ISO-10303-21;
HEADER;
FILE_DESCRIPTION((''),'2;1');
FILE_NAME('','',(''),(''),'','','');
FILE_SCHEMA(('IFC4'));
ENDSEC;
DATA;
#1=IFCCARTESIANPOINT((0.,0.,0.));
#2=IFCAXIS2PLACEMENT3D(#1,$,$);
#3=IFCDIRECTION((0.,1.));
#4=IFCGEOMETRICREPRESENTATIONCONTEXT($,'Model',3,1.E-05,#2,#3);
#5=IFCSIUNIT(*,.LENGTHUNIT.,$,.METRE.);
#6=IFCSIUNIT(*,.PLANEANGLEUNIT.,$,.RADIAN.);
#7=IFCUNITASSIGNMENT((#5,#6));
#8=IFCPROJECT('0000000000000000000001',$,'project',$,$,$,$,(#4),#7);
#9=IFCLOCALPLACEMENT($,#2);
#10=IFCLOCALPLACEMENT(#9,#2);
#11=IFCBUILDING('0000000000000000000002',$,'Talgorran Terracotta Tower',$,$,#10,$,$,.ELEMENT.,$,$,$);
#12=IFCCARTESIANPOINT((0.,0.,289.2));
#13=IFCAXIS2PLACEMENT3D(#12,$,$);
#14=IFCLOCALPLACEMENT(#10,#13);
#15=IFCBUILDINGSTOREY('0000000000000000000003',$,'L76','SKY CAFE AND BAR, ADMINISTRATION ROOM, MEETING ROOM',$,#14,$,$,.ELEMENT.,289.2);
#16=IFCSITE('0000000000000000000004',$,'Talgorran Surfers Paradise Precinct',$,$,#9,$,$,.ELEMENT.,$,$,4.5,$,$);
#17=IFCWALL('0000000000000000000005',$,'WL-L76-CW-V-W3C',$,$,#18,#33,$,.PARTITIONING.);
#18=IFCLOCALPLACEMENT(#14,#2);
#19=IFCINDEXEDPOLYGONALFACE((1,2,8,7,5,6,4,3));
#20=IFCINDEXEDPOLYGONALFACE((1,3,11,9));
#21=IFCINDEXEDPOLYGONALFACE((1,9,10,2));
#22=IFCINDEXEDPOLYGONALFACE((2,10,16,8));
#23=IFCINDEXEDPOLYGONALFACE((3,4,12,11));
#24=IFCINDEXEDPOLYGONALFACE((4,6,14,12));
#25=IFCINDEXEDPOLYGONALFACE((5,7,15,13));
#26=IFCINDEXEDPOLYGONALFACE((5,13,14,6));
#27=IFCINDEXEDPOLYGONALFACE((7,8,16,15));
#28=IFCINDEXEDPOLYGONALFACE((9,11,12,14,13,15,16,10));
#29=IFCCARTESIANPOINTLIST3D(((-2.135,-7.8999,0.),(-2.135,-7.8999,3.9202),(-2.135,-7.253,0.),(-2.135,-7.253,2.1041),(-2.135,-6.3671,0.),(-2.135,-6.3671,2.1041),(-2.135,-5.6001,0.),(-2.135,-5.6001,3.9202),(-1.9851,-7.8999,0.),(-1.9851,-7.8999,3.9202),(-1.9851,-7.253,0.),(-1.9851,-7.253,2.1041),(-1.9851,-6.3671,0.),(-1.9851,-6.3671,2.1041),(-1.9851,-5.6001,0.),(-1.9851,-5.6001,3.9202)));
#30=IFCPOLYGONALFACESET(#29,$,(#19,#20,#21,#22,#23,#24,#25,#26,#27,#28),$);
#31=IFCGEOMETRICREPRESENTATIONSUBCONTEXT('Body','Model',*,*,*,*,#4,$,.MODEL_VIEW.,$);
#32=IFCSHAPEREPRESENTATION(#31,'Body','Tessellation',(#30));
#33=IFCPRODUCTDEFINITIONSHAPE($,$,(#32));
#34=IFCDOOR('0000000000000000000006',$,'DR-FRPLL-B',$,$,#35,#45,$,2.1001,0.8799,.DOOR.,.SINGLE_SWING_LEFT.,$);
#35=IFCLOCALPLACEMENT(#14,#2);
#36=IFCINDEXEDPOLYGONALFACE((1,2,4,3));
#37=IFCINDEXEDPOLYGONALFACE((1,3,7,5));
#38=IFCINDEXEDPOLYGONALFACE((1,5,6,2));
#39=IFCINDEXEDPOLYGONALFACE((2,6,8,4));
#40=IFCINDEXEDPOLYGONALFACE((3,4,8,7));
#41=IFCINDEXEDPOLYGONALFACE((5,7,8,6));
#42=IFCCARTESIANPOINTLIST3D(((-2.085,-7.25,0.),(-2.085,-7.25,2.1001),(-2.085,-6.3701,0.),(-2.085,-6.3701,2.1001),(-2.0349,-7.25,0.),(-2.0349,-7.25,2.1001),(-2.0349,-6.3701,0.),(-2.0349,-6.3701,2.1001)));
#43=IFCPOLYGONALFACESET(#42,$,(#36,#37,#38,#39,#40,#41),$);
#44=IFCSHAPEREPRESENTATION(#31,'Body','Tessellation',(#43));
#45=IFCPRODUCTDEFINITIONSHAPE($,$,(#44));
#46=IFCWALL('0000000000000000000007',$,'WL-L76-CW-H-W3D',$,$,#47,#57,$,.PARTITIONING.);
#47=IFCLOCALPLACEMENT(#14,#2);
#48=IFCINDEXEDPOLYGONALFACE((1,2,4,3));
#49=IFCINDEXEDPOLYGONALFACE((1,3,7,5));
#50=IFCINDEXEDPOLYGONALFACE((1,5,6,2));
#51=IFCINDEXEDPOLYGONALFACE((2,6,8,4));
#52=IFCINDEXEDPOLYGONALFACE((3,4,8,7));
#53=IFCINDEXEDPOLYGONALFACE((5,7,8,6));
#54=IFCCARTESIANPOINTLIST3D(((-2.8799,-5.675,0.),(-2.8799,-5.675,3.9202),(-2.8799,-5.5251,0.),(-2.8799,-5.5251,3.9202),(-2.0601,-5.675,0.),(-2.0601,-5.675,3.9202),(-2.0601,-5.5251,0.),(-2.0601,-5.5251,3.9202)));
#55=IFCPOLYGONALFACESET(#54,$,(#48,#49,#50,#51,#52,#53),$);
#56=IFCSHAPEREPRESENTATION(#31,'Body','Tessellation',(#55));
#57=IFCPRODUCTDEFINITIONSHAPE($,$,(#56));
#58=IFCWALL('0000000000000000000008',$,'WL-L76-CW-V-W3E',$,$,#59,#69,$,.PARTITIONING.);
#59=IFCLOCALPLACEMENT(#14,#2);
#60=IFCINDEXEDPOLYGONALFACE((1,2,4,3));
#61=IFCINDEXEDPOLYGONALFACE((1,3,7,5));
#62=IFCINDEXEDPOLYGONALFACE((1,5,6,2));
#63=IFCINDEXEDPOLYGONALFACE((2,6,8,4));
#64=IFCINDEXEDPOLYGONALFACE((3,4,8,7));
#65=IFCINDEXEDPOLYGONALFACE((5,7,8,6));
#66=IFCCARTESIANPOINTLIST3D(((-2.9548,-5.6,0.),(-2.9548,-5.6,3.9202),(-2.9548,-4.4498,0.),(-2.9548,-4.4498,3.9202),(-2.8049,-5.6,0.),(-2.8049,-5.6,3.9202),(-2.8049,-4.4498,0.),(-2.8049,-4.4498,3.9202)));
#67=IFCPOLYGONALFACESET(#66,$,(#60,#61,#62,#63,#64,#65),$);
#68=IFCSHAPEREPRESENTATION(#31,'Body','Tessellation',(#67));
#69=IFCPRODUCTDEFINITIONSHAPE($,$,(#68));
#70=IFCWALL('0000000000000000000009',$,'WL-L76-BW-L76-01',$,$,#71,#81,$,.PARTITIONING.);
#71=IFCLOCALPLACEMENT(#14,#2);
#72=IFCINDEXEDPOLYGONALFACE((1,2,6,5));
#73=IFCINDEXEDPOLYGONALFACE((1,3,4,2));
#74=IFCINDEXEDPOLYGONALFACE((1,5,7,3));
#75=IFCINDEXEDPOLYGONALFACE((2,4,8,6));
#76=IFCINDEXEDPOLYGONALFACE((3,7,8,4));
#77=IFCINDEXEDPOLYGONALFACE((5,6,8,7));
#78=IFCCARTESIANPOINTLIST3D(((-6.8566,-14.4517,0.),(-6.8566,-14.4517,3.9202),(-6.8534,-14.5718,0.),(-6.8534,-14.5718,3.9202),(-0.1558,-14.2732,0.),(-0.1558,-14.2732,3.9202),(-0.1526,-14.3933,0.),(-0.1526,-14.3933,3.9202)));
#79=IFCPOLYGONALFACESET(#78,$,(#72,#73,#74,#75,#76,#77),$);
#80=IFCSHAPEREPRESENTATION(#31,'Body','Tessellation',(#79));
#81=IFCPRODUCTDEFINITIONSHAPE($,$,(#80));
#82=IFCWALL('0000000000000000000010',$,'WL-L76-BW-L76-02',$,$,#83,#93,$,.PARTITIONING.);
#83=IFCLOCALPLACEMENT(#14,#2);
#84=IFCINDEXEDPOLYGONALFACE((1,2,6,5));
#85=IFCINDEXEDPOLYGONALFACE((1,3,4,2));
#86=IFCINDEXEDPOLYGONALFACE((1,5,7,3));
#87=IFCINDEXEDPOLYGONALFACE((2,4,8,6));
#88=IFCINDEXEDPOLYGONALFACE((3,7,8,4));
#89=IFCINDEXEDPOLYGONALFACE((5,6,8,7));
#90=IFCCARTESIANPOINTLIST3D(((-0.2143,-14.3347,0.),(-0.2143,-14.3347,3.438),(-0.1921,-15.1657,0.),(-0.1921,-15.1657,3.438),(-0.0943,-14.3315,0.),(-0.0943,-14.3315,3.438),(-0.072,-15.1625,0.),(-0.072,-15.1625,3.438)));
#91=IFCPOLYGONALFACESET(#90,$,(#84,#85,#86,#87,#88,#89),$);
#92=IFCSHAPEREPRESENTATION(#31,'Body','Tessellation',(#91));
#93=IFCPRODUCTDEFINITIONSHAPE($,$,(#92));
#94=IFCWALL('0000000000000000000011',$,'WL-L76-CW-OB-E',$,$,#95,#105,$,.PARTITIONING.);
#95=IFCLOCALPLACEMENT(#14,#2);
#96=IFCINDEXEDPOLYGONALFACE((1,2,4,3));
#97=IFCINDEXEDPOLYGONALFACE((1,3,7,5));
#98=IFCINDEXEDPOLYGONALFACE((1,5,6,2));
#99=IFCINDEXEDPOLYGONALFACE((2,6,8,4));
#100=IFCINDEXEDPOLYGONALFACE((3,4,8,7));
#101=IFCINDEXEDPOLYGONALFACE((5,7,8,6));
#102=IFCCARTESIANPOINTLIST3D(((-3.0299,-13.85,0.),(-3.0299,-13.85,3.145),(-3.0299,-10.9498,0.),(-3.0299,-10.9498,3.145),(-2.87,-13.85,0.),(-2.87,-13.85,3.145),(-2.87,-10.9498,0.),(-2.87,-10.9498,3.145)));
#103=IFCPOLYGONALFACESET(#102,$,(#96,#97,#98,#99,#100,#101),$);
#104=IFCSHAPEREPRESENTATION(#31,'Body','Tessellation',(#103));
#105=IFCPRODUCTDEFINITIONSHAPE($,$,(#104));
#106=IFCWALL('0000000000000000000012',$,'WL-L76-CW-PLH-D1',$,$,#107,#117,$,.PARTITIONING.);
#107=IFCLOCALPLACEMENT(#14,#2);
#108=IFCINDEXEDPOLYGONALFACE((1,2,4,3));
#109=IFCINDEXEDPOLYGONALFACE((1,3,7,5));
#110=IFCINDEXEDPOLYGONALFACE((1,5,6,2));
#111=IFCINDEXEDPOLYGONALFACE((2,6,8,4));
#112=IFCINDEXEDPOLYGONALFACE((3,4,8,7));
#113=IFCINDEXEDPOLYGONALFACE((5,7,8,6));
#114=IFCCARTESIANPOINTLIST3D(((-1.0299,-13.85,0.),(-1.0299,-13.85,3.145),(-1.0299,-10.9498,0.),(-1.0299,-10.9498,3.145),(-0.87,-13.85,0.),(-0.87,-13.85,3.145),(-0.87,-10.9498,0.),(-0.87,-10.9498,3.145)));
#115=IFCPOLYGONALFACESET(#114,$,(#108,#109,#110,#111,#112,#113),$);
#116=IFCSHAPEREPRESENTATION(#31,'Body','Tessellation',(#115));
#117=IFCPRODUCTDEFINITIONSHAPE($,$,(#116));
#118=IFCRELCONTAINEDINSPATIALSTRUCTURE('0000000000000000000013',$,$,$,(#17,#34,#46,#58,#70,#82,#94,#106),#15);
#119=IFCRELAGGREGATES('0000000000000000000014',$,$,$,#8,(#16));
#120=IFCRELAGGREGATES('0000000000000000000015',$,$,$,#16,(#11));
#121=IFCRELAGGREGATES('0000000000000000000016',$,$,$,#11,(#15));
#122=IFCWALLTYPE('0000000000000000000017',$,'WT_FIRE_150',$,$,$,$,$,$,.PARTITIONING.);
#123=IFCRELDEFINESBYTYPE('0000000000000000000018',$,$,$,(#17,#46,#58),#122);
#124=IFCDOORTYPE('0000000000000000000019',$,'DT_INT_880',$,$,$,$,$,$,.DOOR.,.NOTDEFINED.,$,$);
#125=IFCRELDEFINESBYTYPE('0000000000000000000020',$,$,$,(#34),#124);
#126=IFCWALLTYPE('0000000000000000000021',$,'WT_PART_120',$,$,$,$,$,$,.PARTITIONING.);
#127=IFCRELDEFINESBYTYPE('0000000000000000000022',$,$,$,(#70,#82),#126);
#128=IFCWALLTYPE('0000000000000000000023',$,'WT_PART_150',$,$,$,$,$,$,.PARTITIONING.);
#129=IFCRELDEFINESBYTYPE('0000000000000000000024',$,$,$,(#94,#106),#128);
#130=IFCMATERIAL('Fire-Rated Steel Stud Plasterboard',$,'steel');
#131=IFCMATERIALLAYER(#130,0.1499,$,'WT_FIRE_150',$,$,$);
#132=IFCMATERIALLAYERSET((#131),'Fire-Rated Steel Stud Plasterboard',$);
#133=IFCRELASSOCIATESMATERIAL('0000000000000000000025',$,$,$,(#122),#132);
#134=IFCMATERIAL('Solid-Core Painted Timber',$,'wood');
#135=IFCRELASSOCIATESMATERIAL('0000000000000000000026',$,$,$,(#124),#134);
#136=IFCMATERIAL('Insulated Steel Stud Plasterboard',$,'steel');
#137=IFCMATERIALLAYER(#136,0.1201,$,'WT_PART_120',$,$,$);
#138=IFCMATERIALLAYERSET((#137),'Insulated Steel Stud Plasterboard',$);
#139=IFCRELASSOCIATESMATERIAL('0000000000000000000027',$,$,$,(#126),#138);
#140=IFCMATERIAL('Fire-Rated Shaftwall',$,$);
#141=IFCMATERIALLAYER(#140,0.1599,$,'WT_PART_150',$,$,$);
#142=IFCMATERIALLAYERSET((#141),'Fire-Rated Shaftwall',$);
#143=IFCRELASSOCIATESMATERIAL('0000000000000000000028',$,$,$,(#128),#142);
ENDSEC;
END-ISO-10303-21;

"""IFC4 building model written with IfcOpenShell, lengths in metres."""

from ifc_helpers import new_model, si_unit, direction, frame, frame_2d, origin, place, context, subcontext, project, spatial, rectangle, extrude, material, layer, layer_set, type_object, element, fill, save


model = new_model("IFC4")

# Units and contexts
model_context = context("Model", 3, precision=1e-05, world=origin(), true_north=direction((0.0, 1.0)))
body_context = subcontext(model_context, "Body", "Model", "MODEL_VIEW")
ifc_project = project(units=[si_unit("LENGTHUNIT", "METRE"), si_unit("PLANEANGLEUNIT", "RADIAN")], contexts=[model_context])

# Site, building, storey
site_placement = place(None, origin())
site = spatial("IfcSite", under=ifc_project, at=site_placement, Name="Talgorran Surfers Paradise Precinct", CompositionType="ELEMENT", RefElevation=4.5)
building_placement = place(site_placement, origin())
building = spatial("IfcBuilding", under=site, at=building_placement, Name="Talgorran Terracotta Tower", CompositionType="ELEMENT")
storey_placement = place(building_placement, frame((0.0, 0.0, 289.2)))
storey = spatial("IfcBuildingStorey", under=building, at=storey_placement, Name="L76", Description="SKY CAFE AND BAR, ADMINISTRATION ROOM, MEETING ROOM", CompositionType="ELEMENT", Elevation=289.2)

# Shared definitions
ifc_material_1 = material(Name="Fire-Rated Steel Stud Plasterboard", Category="steel")
ifc_layer_1 = layer(ifc_material_1, 0.1499, Name="WT_FIRE_150")
ifc_layer_set_1 = layer_set([ifc_layer_1], Name="Fire-Rated Steel Stud Plasterboard")
wall_type_1 = type_object("IfcWallType", Name="WT_FIRE_150", PredefinedType="PARTITIONING", material=ifc_layer_set_1)

# Wall, opening, door
wall_1_placement = place(storey_placement, frame((-2.0601, -7.8999, 0.0), z_axis=(0.0, 0.0, 1.0), x_axis=(0.0, 1.0, 0.0)))
wall_1 = element("IfcWall", 1, at=wall_1_placement, inside=storey, type_object=wall_type_1, Name="WL-L76-CW-V-W3C", PredefinedType="PARTITIONING", context=body_context, shape_type="SweptSolid", body=[
    extrude(rectangle(XDim=2.2998, YDim=0.1499, at=frame_2d((1.1499, 0.0))), origin(), (0.0, 0.0, 1.0), 3.9202),
])
opening_1_placement = place(wall_1_placement, frame((0.6499, 0.0, 0.0)))
opening_1 = element("IfcOpeningElement", 2, at=opening_1_placement, cuts=wall_1, PredefinedType="OPENING", context=body_context, shape_type="SweptSolid", body=[
    extrude(rectangle(XDim=0.8859, YDim=2.1041, at=frame_2d((0.4399, 1.052))), frame((0.0, 0.085, 0.0), z_axis=(0.0, -1.0, 0.0), x_axis=(1.0, 0.0, 0.0)), (0.0, 0.0, 1.0), 0.1699),
])
ifc_material_2 = material(Name="Solid-Core Painted Timber", Category="wood")
door_type_1 = type_object("IfcDoorType", Name="DT_INT_880", OperationType="NOTDEFINED", PredefinedType="DOOR", material=ifc_material_2)
door_1_placement = place(opening_1_placement, origin())
door_1 = element("IfcDoor", 3, at=door_1_placement, inside=storey, type_object=door_type_1, Name="DR-FRPLL-B", OperationType="SINGLE_SWING_LEFT", OverallHeight=2.1001, OverallWidth=0.8799, PredefinedType="DOOR", context=body_context, shape_type="SweptSolid", body=[
    extrude(rectangle(XDim=0.8799, YDim=2.1001, at=frame_2d((0.4399, 1.05))), frame((0.0, 0.0249, 0.0), z_axis=(0.0, -1.0, 0.0), x_axis=(1.0, 0.0, 0.0)), (0.0, 0.0, 1.0), 0.05),
])
fill(opening_1, door_1)

# Walls
wall_2_placement = place(storey_placement, frame((-2.8799, -5.6001, 0.0), z_axis=(0.0, 0.0, 1.0), x_axis=(1.0, 0.0, 0.0)))
element("IfcWall", 4, at=wall_2_placement, inside=storey, type_object=wall_type_1, Name="WL-L76-CW-H-W3D", PredefinedType="PARTITIONING", context=body_context, shape_type="SweptSolid", body=[
    extrude(rectangle(XDim=0.8198, YDim=0.1499, at=frame_2d((0.4099, 0.0))), origin(), (0.0, 0.0, 1.0), 3.9202),
])
wall_3_placement = place(storey_placement, frame((-2.8799, -5.6001, 0.0), z_axis=(0.0, 0.0, 1.0), x_axis=(0.0, 1.0, 0.0)))
element("IfcWall", 5, at=wall_3_placement, inside=storey, type_object=wall_type_1, Name="WL-L76-CW-V-W3E", PredefinedType="PARTITIONING", context=body_context, shape_type="SweptSolid", body=[
    extrude(rectangle(XDim=1.1501, YDim=0.1499, at=frame_2d((0.5752, 0.0))), origin(), (0.0, 0.0, 1.0), 3.9202),
])
ifc_material_3 = material(Name="Insulated Steel Stud Plasterboard", Category="steel")
ifc_layer_2 = layer(ifc_material_3, 0.1201, Name="WT_PART_120")
ifc_layer_set_2 = layer_set([ifc_layer_2], Name="Insulated Steel Stud Plasterboard")
wall_type_2 = type_object("IfcWallType", Name="WT_PART_120", PredefinedType="PARTITIONING", material=ifc_layer_set_2)
wall_4_placement = place(storey_placement, frame((-6.855, -14.5117, 0.0), z_axis=(0.0, 0.0, 1.0), x_axis=(0.999646, 0.026625, 0.0)))
element("IfcWall", 6, at=wall_4_placement, inside=storey, type_object=wall_type_2, Name="WL-L76-BW-L76-01", PredefinedType="PARTITIONING", context=body_context, shape_type="SweptSolid", body=[
    extrude(rectangle(XDim=6.7031, YDim=0.1201, at=frame_2d((3.3516, 0.0))), origin(), (0.0, 0.0, 1.0), 3.9202),
])
wall_5_placement = place(storey_placement, frame((-0.1543, -14.3333, 0.0), z_axis=(0.0, 0.0, 1.0), x_axis=(0.026724, -0.999643, 0.0)))
element("IfcWall", 7, at=wall_5_placement, inside=storey, type_object=wall_type_2, Name="WL-L76-BW-L76-02", PredefinedType="PARTITIONING", context=body_context, shape_type="SweptSolid", body=[
    extrude(rectangle(XDim=0.8313, YDim=0.1201, at=frame_2d((0.4155, 0.0))), origin(), (0.0, 0.0, 1.0), 3.438),
])
ifc_material_4 = material(Name="Fire-Rated Shaftwall")
ifc_layer_3 = layer(ifc_material_4, 0.1599, Name="WT_PART_150")
ifc_layer_set_3 = layer_set([ifc_layer_3], Name="Fire-Rated Shaftwall")
wall_type_3 = type_object("IfcWallType", Name="WT_PART_150", PredefinedType="PARTITIONING", material=ifc_layer_set_3)
for number, where, z_axis, x_axis, name in (
    (8, (-2.95, -13.8501, 0.0), (0.0, 0.0, 1.0), (0.0, 1.0, 0.0), "WL-L76-CW-OB-E"),
    (9, (-0.95, -13.8501, 0.0), (0.0, 0.0, 1.0), (0.0, 1.0, 0.0), "WL-L76-CW-PLH-D1"),
):
    element("IfcWall", number, at=place(storey_placement, frame(where, z_axis=z_axis, x_axis=x_axis)), inside=storey, type_object=wall_type_3, Name=name, PredefinedType="PARTITIONING", context=body_context, shape_type="SweptSolid", body=[
        extrude(rectangle(XDim=2.9001, YDim=0.1599, at=frame_2d((1.4502, 0.0))), origin(), (0.0, 0.0, 1.0), 3.145),
    ])

save(model, "model.ifc")
